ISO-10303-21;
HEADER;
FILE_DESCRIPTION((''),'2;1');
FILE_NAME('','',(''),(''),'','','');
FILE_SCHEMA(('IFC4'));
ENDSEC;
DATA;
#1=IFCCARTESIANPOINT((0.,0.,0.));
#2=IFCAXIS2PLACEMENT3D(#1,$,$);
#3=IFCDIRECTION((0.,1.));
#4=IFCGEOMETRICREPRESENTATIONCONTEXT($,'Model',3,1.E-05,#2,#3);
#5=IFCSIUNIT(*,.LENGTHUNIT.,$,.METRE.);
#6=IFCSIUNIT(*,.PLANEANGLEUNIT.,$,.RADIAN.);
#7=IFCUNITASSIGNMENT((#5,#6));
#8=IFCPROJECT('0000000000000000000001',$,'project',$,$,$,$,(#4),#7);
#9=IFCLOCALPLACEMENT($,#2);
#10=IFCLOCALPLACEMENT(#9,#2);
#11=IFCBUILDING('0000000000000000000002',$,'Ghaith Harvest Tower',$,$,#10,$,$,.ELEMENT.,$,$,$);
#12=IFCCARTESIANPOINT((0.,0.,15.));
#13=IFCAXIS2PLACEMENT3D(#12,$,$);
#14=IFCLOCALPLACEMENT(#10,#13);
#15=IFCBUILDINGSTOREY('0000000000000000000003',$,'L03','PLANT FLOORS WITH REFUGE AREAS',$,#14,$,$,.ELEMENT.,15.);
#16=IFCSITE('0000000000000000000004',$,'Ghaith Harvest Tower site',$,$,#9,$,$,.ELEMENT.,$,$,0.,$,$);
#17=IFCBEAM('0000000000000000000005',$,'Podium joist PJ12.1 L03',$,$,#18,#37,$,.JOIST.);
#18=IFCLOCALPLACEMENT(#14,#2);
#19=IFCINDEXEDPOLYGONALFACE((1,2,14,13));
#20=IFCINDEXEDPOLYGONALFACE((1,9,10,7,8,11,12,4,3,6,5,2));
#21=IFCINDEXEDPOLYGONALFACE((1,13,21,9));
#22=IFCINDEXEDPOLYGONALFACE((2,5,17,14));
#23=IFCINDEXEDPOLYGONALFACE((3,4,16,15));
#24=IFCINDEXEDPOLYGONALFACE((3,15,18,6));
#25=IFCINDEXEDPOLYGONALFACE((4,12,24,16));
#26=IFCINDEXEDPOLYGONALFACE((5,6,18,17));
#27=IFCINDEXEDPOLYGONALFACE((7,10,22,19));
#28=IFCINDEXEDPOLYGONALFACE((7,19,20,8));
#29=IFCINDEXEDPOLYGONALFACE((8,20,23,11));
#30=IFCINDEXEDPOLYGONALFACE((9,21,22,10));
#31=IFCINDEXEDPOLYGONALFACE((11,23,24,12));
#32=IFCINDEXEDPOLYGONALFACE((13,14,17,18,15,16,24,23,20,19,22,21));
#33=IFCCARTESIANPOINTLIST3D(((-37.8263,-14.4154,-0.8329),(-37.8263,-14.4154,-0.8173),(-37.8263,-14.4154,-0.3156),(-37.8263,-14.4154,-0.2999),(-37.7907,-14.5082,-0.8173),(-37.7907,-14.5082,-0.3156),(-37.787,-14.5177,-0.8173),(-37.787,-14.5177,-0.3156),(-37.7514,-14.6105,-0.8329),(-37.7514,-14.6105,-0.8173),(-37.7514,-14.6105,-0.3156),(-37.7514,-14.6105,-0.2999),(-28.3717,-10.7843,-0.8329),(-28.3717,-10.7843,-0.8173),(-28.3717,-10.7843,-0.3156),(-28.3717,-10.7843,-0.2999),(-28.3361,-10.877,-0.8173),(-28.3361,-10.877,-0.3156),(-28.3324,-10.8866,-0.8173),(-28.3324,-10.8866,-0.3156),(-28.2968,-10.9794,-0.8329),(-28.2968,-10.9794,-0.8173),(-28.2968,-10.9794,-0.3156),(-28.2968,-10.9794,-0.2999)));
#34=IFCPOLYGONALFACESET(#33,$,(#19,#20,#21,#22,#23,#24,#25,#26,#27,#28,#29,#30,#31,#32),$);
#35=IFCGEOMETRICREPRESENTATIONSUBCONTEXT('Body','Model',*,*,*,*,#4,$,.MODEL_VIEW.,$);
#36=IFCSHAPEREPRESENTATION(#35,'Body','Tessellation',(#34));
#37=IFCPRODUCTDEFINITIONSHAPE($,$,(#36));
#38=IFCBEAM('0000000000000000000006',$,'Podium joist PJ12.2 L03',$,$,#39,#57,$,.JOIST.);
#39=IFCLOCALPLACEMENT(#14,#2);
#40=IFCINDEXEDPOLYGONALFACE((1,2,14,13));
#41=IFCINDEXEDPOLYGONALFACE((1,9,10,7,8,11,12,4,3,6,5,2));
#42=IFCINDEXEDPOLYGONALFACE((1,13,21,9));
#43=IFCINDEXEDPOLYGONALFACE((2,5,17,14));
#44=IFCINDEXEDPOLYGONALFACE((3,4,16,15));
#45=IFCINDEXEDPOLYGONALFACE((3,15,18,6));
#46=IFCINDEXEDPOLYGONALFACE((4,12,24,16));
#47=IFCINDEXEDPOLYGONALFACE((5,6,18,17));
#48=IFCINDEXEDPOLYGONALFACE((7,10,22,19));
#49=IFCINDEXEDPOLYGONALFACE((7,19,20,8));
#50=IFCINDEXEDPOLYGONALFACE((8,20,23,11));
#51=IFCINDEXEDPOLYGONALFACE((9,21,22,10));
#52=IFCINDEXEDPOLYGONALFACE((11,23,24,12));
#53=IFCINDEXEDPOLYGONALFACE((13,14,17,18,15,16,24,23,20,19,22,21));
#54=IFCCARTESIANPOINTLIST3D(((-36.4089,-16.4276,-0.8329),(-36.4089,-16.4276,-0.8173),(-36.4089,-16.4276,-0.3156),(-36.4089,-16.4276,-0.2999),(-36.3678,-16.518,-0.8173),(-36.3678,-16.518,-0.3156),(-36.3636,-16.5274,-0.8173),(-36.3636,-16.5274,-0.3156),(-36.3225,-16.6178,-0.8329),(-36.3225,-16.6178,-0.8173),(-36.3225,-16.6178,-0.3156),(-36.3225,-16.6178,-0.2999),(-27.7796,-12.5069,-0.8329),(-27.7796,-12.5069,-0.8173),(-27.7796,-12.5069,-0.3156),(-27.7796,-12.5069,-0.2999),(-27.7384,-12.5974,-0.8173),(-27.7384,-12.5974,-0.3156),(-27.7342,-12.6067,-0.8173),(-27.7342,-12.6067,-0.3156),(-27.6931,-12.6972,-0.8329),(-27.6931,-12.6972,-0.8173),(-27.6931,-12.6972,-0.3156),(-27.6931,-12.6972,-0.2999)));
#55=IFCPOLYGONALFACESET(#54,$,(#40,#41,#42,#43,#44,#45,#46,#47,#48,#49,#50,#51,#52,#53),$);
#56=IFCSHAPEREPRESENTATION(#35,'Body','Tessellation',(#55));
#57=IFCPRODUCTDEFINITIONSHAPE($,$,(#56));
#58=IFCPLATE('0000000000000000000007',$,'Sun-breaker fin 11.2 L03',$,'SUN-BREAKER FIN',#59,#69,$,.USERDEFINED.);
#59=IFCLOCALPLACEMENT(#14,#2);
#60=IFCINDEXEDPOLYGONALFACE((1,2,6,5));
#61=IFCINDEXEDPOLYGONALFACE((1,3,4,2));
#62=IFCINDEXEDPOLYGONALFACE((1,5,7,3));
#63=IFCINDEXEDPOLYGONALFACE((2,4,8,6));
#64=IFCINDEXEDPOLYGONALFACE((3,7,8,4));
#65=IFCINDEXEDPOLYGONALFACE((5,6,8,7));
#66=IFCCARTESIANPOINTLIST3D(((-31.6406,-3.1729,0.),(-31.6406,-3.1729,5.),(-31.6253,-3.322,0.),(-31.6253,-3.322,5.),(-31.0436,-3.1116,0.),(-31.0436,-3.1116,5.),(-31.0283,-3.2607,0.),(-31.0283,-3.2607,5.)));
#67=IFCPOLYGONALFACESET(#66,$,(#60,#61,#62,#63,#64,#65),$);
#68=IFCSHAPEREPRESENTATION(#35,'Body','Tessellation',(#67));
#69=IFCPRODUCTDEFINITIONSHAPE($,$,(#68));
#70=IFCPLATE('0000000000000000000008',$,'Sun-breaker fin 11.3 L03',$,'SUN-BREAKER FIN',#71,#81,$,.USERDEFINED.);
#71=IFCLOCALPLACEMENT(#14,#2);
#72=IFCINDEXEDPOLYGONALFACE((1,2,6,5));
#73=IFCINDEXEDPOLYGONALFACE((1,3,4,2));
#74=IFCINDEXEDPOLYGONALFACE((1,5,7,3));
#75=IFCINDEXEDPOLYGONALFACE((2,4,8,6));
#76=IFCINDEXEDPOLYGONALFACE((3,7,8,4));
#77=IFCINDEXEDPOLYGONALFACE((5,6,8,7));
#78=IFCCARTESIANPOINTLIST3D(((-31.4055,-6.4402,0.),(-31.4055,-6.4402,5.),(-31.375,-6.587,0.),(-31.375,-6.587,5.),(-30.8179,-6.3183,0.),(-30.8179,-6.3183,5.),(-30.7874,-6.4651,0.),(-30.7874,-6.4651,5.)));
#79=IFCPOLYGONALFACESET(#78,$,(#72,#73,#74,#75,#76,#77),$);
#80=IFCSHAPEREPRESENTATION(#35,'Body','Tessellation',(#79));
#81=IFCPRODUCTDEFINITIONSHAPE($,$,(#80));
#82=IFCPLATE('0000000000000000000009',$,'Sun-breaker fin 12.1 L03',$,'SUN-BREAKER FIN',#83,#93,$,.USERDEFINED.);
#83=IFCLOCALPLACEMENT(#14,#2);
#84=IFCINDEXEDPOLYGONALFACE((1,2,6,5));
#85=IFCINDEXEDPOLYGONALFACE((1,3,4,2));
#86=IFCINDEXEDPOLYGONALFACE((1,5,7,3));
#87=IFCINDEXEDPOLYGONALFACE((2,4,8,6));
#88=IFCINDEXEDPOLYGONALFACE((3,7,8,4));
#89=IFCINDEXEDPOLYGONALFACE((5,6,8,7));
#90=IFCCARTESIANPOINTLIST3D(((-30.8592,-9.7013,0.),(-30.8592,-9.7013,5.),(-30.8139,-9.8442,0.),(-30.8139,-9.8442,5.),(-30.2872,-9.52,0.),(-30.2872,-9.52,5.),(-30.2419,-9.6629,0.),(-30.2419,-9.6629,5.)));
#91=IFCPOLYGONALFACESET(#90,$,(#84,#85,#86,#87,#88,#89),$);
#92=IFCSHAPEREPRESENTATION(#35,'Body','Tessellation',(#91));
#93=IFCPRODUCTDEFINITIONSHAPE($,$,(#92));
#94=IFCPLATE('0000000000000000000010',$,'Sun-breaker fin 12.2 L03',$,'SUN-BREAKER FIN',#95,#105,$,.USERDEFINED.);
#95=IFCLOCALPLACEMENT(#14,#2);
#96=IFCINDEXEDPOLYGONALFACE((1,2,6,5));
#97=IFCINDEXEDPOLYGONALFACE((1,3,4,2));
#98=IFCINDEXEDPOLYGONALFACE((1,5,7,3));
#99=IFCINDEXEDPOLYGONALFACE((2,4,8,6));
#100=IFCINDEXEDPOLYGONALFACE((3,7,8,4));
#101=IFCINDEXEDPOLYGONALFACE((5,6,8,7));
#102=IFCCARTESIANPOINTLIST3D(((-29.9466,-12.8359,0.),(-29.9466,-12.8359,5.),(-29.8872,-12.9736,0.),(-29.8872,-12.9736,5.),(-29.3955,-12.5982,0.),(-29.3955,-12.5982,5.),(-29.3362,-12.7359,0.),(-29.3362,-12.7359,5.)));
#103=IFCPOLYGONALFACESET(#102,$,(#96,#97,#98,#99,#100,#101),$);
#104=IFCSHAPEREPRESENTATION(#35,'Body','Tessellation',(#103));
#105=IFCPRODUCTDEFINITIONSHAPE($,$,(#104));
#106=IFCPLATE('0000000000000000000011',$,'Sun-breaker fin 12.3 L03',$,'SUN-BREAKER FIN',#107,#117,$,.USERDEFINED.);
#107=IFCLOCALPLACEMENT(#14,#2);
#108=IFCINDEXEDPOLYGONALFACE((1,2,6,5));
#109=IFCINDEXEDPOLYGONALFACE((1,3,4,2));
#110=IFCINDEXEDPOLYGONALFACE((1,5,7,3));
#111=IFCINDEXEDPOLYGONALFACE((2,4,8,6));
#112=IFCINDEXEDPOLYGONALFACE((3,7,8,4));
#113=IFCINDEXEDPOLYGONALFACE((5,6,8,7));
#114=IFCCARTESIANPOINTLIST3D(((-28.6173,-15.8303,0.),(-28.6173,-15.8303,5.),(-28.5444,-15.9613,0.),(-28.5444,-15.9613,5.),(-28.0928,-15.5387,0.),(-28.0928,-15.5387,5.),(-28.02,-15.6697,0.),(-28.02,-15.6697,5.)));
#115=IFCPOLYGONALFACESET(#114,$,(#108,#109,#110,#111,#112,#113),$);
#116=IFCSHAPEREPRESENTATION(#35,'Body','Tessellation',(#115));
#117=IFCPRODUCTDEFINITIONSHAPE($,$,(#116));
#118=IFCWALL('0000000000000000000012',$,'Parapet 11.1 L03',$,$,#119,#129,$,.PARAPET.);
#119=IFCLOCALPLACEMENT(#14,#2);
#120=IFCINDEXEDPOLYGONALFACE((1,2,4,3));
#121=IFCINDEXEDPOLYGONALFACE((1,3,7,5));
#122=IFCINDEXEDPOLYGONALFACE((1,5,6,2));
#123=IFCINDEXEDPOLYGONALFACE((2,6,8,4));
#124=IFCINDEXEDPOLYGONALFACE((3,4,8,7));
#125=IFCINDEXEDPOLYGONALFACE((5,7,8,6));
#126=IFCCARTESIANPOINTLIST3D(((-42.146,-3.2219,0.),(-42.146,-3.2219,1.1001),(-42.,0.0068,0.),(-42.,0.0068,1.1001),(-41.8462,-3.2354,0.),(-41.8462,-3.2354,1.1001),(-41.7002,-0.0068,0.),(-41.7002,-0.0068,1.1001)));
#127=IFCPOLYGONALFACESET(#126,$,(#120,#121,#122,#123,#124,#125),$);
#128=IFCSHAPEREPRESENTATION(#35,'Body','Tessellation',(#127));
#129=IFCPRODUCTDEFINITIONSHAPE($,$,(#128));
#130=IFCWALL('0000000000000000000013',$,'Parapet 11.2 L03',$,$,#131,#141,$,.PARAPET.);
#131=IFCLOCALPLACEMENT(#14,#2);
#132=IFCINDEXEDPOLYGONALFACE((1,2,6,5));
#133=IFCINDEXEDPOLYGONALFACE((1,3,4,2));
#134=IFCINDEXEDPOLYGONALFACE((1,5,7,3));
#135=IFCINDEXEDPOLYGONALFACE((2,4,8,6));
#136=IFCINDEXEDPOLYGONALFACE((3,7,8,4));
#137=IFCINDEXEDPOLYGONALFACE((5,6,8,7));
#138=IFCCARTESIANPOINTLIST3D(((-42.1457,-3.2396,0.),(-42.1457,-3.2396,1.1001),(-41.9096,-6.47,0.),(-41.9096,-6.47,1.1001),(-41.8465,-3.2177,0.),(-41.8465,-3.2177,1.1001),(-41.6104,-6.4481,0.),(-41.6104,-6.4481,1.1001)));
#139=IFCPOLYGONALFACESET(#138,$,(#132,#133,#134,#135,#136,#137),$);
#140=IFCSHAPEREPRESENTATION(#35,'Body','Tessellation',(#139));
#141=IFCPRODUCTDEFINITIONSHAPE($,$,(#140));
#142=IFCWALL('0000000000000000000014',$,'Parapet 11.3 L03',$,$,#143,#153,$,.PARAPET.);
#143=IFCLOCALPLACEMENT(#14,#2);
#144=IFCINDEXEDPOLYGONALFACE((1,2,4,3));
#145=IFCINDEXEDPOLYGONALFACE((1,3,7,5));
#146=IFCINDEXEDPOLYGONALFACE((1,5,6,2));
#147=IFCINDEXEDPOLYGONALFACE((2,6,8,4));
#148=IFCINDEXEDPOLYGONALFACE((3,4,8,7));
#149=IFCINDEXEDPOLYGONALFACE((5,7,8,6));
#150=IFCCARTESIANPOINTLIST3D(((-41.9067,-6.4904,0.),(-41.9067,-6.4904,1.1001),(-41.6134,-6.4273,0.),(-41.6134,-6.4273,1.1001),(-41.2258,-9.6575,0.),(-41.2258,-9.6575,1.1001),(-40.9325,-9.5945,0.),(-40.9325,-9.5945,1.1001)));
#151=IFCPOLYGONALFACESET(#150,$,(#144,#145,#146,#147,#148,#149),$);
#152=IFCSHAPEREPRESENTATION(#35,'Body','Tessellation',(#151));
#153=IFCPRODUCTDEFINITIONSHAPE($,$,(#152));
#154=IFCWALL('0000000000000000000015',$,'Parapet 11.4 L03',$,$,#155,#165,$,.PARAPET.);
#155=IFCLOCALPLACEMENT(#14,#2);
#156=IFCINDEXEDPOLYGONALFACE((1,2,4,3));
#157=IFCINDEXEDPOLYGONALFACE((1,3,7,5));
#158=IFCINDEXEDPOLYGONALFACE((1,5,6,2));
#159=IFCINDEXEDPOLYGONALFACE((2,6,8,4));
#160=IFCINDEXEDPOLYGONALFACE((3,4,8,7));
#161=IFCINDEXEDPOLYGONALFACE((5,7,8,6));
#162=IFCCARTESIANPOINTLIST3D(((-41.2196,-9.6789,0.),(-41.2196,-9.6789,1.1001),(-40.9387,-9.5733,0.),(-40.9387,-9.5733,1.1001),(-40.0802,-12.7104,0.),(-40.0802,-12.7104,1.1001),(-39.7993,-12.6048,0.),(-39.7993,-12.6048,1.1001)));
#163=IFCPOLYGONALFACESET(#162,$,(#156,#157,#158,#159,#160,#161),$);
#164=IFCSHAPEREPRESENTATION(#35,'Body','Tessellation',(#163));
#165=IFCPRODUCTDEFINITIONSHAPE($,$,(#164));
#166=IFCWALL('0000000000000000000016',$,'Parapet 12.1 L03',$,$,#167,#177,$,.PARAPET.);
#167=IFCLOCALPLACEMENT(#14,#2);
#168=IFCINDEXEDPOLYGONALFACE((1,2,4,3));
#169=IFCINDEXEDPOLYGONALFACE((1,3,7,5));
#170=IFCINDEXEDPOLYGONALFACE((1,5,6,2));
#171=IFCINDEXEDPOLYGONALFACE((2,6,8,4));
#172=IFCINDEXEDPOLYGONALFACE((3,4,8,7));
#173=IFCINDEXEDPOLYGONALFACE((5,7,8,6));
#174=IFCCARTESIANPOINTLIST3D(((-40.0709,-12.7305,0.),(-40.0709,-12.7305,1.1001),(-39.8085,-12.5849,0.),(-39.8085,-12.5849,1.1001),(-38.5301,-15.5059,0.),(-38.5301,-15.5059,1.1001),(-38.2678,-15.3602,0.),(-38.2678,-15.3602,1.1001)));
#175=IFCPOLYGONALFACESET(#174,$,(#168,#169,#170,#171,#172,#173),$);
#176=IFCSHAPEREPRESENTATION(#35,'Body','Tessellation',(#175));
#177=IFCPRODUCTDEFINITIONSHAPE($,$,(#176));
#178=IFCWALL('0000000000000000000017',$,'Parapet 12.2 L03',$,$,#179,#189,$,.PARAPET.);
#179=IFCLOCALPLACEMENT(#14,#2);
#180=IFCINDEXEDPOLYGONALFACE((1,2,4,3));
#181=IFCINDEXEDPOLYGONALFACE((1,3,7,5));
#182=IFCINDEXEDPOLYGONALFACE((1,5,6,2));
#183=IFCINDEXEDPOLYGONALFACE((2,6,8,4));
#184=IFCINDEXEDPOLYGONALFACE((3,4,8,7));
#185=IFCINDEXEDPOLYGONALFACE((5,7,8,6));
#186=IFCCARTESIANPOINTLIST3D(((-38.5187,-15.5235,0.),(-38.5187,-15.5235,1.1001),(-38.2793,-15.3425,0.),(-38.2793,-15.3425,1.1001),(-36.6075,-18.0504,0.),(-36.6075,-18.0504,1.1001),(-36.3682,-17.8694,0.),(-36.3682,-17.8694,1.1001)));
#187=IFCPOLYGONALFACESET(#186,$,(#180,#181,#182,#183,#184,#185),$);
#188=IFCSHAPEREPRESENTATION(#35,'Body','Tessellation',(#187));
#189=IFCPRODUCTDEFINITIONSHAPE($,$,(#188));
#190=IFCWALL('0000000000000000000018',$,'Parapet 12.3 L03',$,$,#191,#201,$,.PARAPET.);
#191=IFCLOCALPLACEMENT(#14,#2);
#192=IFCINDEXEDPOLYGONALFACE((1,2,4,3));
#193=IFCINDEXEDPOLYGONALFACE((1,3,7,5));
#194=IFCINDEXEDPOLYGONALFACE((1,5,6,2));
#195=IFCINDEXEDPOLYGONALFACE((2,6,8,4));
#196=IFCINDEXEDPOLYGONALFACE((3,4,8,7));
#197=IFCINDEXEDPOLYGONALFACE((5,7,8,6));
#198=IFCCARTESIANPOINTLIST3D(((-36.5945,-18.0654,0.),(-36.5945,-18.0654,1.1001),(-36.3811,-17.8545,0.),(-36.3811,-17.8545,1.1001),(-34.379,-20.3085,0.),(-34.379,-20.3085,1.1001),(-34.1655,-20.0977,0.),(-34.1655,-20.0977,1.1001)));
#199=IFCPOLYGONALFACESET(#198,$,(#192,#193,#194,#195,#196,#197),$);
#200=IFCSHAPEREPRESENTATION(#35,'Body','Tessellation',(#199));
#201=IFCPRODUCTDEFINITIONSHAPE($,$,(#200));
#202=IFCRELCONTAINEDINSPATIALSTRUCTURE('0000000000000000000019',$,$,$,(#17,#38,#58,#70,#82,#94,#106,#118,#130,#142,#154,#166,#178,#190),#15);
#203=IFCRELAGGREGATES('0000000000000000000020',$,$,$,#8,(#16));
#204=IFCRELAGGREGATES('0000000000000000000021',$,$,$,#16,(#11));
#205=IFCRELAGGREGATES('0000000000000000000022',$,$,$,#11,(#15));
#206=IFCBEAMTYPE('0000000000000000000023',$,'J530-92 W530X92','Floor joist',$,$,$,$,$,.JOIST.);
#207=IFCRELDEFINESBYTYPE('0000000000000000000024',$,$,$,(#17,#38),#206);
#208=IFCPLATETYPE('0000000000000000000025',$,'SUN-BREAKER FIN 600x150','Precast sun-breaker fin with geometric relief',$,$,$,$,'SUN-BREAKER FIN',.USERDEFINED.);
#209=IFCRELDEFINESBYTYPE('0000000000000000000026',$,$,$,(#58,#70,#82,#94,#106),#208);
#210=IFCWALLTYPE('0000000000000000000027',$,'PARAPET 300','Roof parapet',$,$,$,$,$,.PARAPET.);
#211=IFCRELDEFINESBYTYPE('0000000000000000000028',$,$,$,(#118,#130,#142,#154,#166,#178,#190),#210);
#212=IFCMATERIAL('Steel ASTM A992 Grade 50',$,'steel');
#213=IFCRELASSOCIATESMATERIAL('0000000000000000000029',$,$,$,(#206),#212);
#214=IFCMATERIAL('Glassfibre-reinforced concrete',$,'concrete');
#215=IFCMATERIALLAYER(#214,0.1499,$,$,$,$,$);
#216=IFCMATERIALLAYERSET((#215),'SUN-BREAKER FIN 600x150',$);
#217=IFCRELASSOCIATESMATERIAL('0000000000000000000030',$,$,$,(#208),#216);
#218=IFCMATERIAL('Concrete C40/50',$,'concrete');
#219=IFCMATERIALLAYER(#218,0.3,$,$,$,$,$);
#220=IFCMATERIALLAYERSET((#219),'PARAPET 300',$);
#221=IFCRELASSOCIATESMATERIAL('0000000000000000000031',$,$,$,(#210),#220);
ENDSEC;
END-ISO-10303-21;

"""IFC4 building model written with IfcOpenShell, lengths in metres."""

from ifc_helpers import new_model, si_unit, direction, frame, frame_2d, origin, origin_2d, place, context, subcontext, project, spatial, rectangle, i_section, extrude, material, layer, layer_set, material_profile, profile_set, type_object, element, save


model = new_model("IFC4")

# Units and contexts
model_context = context("Model", 3, precision=1e-05, world=origin(), true_north=direction((0.0, 1.0)))
body_context = subcontext(model_context, "Body", "Model", "MODEL_VIEW")
ifc_project = project(units=[si_unit("LENGTHUNIT", "METRE"), si_unit("PLANEANGLEUNIT", "RADIAN")], contexts=[model_context])

# Site, building, storey
site_placement = place(None, origin())
site = spatial("IfcSite", under=ifc_project, at=site_placement, Name="Ghaith Harvest Tower site", CompositionType="ELEMENT", RefElevation=0.0)
building_placement = place(site_placement, origin())
building = spatial("IfcBuilding", under=site, at=building_placement, Name="Ghaith Harvest Tower", CompositionType="ELEMENT")
storey_placement = place(building_placement, frame((0.0, 0.0, 15.0)))
storey = spatial("IfcBuildingStorey", under=building, at=storey_placement, Name="L03", Description="PLANT FLOORS WITH REFUGE AREAS", CompositionType="ELEMENT", Elevation=15.0)

# Beams
ifc_material_1 = material(Name="Steel ASTM A992 Grade 50", Category="steel")
ifc_material_profile_1 = material_profile(ifc_material_1, i_section(OverallWidth=0.209, OverallDepth=0.533, WebThickness=0.0103, FlangeThickness=0.0156, at=origin_2d()), Name="W530X92")
ifc_profile_set_1 = profile_set([ifc_material_profile_1], Name="Steel ASTM A992 Grade 50")
beam_type_1 = type_object("IfcBeamType", Name="J530-92 W530X92", Description="Floor joist", PredefinedType="JOIST", material=ifc_profile_set_1)
beam_1_placement = place(storey_placement, frame((-28.3342, -10.8818, -0.5664), z_axis=(-0.93352, -0.358525, 0.0), x_axis=(0.358525, -0.93352, 0.0)))
element("IfcBeam", 1, at=beam_1_placement, inside=storey, type_object=beam_type_1, Name="Podium joist PJ12.1 L03", PredefinedType="JOIST", context=body_context, shape_type="SweptSolid", body=[
    extrude(i_section(OverallWidth=0.209, OverallDepth=0.533, WebThickness=0.0103, FlangeThickness=0.0156, at=origin_2d()), origin(), (0.0, 0.0, 1.0), 10.1279),
])
beam_2_placement = place(storey_placement, frame((-27.7363, -12.6021, -0.5664), z_axis=(-0.910438, -0.413646, 0.0), x_axis=(0.413646, -0.910438, 0.0)))
element("IfcBeam", 2, at=beam_2_placement, inside=storey, type_object=beam_type_1, Name="Podium joist PJ12.2 L03", PredefinedType="JOIST", context=body_context, shape_type="SweptSolid", body=[
    extrude(i_section(OverallWidth=0.209, OverallDepth=0.533, WebThickness=0.0103, FlangeThickness=0.0156, at=origin_2d()), origin(), (0.0, 0.0, 1.0), 9.4783),
])

# Plates
ifc_material_2 = material(Name="Glassfibre-reinforced concrete", Category="concrete")
ifc_layer_1 = layer(ifc_material_2, 0.1499)
ifc_layer_set_1 = layer_set([ifc_layer_1], Name="SUN-BREAKER FIN 600x150")
plate_type = type_object("IfcPlateType", Name="SUN-BREAKER FIN 600x150", Description="Precast sun-breaker fin with geometric relief", ElementType="SUN-BREAKER FIN", PredefinedType="USERDEFINED", material=ifc_layer_set_1)
for number, where, z_axis, x_axis, name in (
    (3, (-31.3345, -3.2168, 0.0), (0.0, 0.0, 1.0), (-0.994772, -0.102123, 0.0), "Sun-breaker fin 11.2 L03"),
    (4, (-31.0964, -6.4526, 0.0), (0.0, 0.0, 1.0), (-0.979142, -0.203179, 0.0), "Sun-breaker fin 11.3 L03"),
    (5, (-30.5505, -9.6821, 0.0), (0.0, 0.0, 1.0), (-0.953273, -0.30211, 0.0), "Sun-breaker fin 12.1 L03"),
    (6, (-29.6414, -12.7859, 0.0), (0.0, 0.0, 1.0), (-0.918218, -0.396075, 0.0), "Sun-breaker fin 12.2 L03"),
    (7, (-28.3186, -15.75, 0.0), (0.0, 0.0, 1.0), (-0.873927, -0.486057, 0.0), "Sun-breaker fin 12.3 L03"),
):
    element("IfcPlate", number, at=place(storey_placement, frame(where, z_axis=z_axis, x_axis=x_axis)), inside=storey, type_object=plate_type, Name=name, ObjectType="SUN-BREAKER FIN", PredefinedType="USERDEFINED", context=body_context, shape_type="SweptSolid", body=[
        extrude(rectangle(XDim=0.6001, YDim=0.1499, at=origin_2d()), origin(), (0.0, 0.0, 1.0), 5.0),
    ])

# Walls
ifc_material_3 = material(Name="Concrete C40/50", Category="concrete")
ifc_layer_2 = layer(ifc_material_3, 0.3)
ifc_layer_set_2 = layer_set([ifc_layer_2], Name="PARAPET 300")
wall_type_1 = type_object("IfcWallType", Name="PARAPET 300", Description="Roof parapet", PredefinedType="PARAPET", material=ifc_layer_set_2)
wall_1_placement = place(storey_placement, frame((-41.8501, 0.0, 0.0), z_axis=(0.0, 0.0, 1.0), x_axis=(-0.045175, -0.998979, 0.0)))
element("IfcWall", 8, at=wall_1_placement, inside=storey, type_object=wall_type_1, Name="Parapet 11.1 L03", PredefinedType="PARAPET", context=body_context, shape_type="SweptSolid", body=[
    extrude(rectangle(XDim=3.2319, YDim=0.3, at=frame_2d((1.616, 0.0))), origin(), (0.0, 0.0, 1.0), 1.1001),
])
wall_2_placement = place(storey_placement, frame((-41.9961, -3.2285, 0.0), z_axis=(0.0, 0.0, 1.0), x_axis=(0.072886, -0.99734, 0.0)))
element("IfcWall", 9, at=wall_2_placement, inside=storey, type_object=wall_type_1, Name="Parapet 11.2 L03", PredefinedType="PARAPET", context=body_context, shape_type="SweptSolid", body=[
    extrude(rectangle(XDim=3.239, YDim=0.3, at=frame_2d((1.6196, 0.0))), origin(), (0.0, 0.0, 1.0), 1.1001),
])
wall_3_placement = place(storey_placement, frame((-41.76, -6.459, 0.0), z_axis=(0.0, 0.0, 1.0), x_axis=(0.210183, -0.977662, 0.0)))
element("IfcWall", 10, at=wall_3_placement, inside=storey, type_object=wall_type_1, Name="Parapet 11.3 L03", PredefinedType="PARAPET", context=body_context, shape_type="SweptSolid", body=[
    extrude(rectangle(XDim=3.2395, YDim=0.3, at=frame_2d((1.6196, 0.0))), origin(), (0.0, 0.0, 1.0), 1.1001),
])
wall_4_placement = place(storey_placement, frame((-41.0791, -9.6262, 0.0), z_axis=(0.0, 0.0, 1.0), x_axis=(0.351826, -0.936066, 0.0)))
element("IfcWall", 11, at=wall_4_placement, inside=storey, type_object=wall_type_1, Name="Parapet 11.4 L03", PredefinedType="PARAPET", context=body_context, shape_type="SweptSolid", body=[
    extrude(rectangle(XDim=3.2385, YDim=0.3, at=frame_2d((1.6191, 0.0))), origin(), (0.0, 0.0, 1.0), 1.1001),
])
wall_5_placement = place(storey_placement, frame((-39.9397, -12.6577, 0.0), z_axis=(0.0, 0.0, 1.0), x_axis=(0.485375, -0.874306, 0.0)))
element("IfcWall", 12, at=wall_5_placement, inside=storey, type_object=wall_type_1, Name="Parapet 12.1 L03", PredefinedType="PARAPET", context=body_context, shape_type="SweptSolid", body=[
    extrude(rectangle(XDim=3.1743, YDim=0.3, at=frame_2d((1.5872, 0.0))), origin(), (0.0, 0.0, 1.0), 1.1001),
])
wall_6_placement = place(storey_placement, frame((-38.3989, -15.4331, 0.0), z_axis=(0.0, 0.0, 1.0), x_axis=(0.603225, -0.797571, 0.0)))
element("IfcWall", 13, at=wall_6_placement, inside=storey, type_object=wall_type_1, Name="Parapet 12.2 L03", PredefinedType="PARAPET", context=body_context, shape_type="SweptSolid", body=[
    extrude(rectangle(XDim=3.1682, YDim=0.3, at=frame_2d((1.584, 0.0))), origin(), (0.0, 0.0, 1.0), 1.1001),
])
wall_7_placement = place(storey_placement, frame((-36.4878, -17.96, 0.0), z_axis=(0.0, 0.0, 1.0), x_axis=(0.702718, -0.711468, 0.0)))
element("IfcWall", 14, at=wall_7_placement, inside=storey, type_object=wall_type_1, Name="Parapet 12.3 L03", PredefinedType="PARAPET", context=body_context, shape_type="SweptSolid", body=[
    extrude(rectangle(XDim=3.1528, YDim=0.3, at=frame_2d((1.5764, 0.0))), origin(), (0.0, 0.0, 1.0), 1.1001),
])

save(model, "model.ifc")
